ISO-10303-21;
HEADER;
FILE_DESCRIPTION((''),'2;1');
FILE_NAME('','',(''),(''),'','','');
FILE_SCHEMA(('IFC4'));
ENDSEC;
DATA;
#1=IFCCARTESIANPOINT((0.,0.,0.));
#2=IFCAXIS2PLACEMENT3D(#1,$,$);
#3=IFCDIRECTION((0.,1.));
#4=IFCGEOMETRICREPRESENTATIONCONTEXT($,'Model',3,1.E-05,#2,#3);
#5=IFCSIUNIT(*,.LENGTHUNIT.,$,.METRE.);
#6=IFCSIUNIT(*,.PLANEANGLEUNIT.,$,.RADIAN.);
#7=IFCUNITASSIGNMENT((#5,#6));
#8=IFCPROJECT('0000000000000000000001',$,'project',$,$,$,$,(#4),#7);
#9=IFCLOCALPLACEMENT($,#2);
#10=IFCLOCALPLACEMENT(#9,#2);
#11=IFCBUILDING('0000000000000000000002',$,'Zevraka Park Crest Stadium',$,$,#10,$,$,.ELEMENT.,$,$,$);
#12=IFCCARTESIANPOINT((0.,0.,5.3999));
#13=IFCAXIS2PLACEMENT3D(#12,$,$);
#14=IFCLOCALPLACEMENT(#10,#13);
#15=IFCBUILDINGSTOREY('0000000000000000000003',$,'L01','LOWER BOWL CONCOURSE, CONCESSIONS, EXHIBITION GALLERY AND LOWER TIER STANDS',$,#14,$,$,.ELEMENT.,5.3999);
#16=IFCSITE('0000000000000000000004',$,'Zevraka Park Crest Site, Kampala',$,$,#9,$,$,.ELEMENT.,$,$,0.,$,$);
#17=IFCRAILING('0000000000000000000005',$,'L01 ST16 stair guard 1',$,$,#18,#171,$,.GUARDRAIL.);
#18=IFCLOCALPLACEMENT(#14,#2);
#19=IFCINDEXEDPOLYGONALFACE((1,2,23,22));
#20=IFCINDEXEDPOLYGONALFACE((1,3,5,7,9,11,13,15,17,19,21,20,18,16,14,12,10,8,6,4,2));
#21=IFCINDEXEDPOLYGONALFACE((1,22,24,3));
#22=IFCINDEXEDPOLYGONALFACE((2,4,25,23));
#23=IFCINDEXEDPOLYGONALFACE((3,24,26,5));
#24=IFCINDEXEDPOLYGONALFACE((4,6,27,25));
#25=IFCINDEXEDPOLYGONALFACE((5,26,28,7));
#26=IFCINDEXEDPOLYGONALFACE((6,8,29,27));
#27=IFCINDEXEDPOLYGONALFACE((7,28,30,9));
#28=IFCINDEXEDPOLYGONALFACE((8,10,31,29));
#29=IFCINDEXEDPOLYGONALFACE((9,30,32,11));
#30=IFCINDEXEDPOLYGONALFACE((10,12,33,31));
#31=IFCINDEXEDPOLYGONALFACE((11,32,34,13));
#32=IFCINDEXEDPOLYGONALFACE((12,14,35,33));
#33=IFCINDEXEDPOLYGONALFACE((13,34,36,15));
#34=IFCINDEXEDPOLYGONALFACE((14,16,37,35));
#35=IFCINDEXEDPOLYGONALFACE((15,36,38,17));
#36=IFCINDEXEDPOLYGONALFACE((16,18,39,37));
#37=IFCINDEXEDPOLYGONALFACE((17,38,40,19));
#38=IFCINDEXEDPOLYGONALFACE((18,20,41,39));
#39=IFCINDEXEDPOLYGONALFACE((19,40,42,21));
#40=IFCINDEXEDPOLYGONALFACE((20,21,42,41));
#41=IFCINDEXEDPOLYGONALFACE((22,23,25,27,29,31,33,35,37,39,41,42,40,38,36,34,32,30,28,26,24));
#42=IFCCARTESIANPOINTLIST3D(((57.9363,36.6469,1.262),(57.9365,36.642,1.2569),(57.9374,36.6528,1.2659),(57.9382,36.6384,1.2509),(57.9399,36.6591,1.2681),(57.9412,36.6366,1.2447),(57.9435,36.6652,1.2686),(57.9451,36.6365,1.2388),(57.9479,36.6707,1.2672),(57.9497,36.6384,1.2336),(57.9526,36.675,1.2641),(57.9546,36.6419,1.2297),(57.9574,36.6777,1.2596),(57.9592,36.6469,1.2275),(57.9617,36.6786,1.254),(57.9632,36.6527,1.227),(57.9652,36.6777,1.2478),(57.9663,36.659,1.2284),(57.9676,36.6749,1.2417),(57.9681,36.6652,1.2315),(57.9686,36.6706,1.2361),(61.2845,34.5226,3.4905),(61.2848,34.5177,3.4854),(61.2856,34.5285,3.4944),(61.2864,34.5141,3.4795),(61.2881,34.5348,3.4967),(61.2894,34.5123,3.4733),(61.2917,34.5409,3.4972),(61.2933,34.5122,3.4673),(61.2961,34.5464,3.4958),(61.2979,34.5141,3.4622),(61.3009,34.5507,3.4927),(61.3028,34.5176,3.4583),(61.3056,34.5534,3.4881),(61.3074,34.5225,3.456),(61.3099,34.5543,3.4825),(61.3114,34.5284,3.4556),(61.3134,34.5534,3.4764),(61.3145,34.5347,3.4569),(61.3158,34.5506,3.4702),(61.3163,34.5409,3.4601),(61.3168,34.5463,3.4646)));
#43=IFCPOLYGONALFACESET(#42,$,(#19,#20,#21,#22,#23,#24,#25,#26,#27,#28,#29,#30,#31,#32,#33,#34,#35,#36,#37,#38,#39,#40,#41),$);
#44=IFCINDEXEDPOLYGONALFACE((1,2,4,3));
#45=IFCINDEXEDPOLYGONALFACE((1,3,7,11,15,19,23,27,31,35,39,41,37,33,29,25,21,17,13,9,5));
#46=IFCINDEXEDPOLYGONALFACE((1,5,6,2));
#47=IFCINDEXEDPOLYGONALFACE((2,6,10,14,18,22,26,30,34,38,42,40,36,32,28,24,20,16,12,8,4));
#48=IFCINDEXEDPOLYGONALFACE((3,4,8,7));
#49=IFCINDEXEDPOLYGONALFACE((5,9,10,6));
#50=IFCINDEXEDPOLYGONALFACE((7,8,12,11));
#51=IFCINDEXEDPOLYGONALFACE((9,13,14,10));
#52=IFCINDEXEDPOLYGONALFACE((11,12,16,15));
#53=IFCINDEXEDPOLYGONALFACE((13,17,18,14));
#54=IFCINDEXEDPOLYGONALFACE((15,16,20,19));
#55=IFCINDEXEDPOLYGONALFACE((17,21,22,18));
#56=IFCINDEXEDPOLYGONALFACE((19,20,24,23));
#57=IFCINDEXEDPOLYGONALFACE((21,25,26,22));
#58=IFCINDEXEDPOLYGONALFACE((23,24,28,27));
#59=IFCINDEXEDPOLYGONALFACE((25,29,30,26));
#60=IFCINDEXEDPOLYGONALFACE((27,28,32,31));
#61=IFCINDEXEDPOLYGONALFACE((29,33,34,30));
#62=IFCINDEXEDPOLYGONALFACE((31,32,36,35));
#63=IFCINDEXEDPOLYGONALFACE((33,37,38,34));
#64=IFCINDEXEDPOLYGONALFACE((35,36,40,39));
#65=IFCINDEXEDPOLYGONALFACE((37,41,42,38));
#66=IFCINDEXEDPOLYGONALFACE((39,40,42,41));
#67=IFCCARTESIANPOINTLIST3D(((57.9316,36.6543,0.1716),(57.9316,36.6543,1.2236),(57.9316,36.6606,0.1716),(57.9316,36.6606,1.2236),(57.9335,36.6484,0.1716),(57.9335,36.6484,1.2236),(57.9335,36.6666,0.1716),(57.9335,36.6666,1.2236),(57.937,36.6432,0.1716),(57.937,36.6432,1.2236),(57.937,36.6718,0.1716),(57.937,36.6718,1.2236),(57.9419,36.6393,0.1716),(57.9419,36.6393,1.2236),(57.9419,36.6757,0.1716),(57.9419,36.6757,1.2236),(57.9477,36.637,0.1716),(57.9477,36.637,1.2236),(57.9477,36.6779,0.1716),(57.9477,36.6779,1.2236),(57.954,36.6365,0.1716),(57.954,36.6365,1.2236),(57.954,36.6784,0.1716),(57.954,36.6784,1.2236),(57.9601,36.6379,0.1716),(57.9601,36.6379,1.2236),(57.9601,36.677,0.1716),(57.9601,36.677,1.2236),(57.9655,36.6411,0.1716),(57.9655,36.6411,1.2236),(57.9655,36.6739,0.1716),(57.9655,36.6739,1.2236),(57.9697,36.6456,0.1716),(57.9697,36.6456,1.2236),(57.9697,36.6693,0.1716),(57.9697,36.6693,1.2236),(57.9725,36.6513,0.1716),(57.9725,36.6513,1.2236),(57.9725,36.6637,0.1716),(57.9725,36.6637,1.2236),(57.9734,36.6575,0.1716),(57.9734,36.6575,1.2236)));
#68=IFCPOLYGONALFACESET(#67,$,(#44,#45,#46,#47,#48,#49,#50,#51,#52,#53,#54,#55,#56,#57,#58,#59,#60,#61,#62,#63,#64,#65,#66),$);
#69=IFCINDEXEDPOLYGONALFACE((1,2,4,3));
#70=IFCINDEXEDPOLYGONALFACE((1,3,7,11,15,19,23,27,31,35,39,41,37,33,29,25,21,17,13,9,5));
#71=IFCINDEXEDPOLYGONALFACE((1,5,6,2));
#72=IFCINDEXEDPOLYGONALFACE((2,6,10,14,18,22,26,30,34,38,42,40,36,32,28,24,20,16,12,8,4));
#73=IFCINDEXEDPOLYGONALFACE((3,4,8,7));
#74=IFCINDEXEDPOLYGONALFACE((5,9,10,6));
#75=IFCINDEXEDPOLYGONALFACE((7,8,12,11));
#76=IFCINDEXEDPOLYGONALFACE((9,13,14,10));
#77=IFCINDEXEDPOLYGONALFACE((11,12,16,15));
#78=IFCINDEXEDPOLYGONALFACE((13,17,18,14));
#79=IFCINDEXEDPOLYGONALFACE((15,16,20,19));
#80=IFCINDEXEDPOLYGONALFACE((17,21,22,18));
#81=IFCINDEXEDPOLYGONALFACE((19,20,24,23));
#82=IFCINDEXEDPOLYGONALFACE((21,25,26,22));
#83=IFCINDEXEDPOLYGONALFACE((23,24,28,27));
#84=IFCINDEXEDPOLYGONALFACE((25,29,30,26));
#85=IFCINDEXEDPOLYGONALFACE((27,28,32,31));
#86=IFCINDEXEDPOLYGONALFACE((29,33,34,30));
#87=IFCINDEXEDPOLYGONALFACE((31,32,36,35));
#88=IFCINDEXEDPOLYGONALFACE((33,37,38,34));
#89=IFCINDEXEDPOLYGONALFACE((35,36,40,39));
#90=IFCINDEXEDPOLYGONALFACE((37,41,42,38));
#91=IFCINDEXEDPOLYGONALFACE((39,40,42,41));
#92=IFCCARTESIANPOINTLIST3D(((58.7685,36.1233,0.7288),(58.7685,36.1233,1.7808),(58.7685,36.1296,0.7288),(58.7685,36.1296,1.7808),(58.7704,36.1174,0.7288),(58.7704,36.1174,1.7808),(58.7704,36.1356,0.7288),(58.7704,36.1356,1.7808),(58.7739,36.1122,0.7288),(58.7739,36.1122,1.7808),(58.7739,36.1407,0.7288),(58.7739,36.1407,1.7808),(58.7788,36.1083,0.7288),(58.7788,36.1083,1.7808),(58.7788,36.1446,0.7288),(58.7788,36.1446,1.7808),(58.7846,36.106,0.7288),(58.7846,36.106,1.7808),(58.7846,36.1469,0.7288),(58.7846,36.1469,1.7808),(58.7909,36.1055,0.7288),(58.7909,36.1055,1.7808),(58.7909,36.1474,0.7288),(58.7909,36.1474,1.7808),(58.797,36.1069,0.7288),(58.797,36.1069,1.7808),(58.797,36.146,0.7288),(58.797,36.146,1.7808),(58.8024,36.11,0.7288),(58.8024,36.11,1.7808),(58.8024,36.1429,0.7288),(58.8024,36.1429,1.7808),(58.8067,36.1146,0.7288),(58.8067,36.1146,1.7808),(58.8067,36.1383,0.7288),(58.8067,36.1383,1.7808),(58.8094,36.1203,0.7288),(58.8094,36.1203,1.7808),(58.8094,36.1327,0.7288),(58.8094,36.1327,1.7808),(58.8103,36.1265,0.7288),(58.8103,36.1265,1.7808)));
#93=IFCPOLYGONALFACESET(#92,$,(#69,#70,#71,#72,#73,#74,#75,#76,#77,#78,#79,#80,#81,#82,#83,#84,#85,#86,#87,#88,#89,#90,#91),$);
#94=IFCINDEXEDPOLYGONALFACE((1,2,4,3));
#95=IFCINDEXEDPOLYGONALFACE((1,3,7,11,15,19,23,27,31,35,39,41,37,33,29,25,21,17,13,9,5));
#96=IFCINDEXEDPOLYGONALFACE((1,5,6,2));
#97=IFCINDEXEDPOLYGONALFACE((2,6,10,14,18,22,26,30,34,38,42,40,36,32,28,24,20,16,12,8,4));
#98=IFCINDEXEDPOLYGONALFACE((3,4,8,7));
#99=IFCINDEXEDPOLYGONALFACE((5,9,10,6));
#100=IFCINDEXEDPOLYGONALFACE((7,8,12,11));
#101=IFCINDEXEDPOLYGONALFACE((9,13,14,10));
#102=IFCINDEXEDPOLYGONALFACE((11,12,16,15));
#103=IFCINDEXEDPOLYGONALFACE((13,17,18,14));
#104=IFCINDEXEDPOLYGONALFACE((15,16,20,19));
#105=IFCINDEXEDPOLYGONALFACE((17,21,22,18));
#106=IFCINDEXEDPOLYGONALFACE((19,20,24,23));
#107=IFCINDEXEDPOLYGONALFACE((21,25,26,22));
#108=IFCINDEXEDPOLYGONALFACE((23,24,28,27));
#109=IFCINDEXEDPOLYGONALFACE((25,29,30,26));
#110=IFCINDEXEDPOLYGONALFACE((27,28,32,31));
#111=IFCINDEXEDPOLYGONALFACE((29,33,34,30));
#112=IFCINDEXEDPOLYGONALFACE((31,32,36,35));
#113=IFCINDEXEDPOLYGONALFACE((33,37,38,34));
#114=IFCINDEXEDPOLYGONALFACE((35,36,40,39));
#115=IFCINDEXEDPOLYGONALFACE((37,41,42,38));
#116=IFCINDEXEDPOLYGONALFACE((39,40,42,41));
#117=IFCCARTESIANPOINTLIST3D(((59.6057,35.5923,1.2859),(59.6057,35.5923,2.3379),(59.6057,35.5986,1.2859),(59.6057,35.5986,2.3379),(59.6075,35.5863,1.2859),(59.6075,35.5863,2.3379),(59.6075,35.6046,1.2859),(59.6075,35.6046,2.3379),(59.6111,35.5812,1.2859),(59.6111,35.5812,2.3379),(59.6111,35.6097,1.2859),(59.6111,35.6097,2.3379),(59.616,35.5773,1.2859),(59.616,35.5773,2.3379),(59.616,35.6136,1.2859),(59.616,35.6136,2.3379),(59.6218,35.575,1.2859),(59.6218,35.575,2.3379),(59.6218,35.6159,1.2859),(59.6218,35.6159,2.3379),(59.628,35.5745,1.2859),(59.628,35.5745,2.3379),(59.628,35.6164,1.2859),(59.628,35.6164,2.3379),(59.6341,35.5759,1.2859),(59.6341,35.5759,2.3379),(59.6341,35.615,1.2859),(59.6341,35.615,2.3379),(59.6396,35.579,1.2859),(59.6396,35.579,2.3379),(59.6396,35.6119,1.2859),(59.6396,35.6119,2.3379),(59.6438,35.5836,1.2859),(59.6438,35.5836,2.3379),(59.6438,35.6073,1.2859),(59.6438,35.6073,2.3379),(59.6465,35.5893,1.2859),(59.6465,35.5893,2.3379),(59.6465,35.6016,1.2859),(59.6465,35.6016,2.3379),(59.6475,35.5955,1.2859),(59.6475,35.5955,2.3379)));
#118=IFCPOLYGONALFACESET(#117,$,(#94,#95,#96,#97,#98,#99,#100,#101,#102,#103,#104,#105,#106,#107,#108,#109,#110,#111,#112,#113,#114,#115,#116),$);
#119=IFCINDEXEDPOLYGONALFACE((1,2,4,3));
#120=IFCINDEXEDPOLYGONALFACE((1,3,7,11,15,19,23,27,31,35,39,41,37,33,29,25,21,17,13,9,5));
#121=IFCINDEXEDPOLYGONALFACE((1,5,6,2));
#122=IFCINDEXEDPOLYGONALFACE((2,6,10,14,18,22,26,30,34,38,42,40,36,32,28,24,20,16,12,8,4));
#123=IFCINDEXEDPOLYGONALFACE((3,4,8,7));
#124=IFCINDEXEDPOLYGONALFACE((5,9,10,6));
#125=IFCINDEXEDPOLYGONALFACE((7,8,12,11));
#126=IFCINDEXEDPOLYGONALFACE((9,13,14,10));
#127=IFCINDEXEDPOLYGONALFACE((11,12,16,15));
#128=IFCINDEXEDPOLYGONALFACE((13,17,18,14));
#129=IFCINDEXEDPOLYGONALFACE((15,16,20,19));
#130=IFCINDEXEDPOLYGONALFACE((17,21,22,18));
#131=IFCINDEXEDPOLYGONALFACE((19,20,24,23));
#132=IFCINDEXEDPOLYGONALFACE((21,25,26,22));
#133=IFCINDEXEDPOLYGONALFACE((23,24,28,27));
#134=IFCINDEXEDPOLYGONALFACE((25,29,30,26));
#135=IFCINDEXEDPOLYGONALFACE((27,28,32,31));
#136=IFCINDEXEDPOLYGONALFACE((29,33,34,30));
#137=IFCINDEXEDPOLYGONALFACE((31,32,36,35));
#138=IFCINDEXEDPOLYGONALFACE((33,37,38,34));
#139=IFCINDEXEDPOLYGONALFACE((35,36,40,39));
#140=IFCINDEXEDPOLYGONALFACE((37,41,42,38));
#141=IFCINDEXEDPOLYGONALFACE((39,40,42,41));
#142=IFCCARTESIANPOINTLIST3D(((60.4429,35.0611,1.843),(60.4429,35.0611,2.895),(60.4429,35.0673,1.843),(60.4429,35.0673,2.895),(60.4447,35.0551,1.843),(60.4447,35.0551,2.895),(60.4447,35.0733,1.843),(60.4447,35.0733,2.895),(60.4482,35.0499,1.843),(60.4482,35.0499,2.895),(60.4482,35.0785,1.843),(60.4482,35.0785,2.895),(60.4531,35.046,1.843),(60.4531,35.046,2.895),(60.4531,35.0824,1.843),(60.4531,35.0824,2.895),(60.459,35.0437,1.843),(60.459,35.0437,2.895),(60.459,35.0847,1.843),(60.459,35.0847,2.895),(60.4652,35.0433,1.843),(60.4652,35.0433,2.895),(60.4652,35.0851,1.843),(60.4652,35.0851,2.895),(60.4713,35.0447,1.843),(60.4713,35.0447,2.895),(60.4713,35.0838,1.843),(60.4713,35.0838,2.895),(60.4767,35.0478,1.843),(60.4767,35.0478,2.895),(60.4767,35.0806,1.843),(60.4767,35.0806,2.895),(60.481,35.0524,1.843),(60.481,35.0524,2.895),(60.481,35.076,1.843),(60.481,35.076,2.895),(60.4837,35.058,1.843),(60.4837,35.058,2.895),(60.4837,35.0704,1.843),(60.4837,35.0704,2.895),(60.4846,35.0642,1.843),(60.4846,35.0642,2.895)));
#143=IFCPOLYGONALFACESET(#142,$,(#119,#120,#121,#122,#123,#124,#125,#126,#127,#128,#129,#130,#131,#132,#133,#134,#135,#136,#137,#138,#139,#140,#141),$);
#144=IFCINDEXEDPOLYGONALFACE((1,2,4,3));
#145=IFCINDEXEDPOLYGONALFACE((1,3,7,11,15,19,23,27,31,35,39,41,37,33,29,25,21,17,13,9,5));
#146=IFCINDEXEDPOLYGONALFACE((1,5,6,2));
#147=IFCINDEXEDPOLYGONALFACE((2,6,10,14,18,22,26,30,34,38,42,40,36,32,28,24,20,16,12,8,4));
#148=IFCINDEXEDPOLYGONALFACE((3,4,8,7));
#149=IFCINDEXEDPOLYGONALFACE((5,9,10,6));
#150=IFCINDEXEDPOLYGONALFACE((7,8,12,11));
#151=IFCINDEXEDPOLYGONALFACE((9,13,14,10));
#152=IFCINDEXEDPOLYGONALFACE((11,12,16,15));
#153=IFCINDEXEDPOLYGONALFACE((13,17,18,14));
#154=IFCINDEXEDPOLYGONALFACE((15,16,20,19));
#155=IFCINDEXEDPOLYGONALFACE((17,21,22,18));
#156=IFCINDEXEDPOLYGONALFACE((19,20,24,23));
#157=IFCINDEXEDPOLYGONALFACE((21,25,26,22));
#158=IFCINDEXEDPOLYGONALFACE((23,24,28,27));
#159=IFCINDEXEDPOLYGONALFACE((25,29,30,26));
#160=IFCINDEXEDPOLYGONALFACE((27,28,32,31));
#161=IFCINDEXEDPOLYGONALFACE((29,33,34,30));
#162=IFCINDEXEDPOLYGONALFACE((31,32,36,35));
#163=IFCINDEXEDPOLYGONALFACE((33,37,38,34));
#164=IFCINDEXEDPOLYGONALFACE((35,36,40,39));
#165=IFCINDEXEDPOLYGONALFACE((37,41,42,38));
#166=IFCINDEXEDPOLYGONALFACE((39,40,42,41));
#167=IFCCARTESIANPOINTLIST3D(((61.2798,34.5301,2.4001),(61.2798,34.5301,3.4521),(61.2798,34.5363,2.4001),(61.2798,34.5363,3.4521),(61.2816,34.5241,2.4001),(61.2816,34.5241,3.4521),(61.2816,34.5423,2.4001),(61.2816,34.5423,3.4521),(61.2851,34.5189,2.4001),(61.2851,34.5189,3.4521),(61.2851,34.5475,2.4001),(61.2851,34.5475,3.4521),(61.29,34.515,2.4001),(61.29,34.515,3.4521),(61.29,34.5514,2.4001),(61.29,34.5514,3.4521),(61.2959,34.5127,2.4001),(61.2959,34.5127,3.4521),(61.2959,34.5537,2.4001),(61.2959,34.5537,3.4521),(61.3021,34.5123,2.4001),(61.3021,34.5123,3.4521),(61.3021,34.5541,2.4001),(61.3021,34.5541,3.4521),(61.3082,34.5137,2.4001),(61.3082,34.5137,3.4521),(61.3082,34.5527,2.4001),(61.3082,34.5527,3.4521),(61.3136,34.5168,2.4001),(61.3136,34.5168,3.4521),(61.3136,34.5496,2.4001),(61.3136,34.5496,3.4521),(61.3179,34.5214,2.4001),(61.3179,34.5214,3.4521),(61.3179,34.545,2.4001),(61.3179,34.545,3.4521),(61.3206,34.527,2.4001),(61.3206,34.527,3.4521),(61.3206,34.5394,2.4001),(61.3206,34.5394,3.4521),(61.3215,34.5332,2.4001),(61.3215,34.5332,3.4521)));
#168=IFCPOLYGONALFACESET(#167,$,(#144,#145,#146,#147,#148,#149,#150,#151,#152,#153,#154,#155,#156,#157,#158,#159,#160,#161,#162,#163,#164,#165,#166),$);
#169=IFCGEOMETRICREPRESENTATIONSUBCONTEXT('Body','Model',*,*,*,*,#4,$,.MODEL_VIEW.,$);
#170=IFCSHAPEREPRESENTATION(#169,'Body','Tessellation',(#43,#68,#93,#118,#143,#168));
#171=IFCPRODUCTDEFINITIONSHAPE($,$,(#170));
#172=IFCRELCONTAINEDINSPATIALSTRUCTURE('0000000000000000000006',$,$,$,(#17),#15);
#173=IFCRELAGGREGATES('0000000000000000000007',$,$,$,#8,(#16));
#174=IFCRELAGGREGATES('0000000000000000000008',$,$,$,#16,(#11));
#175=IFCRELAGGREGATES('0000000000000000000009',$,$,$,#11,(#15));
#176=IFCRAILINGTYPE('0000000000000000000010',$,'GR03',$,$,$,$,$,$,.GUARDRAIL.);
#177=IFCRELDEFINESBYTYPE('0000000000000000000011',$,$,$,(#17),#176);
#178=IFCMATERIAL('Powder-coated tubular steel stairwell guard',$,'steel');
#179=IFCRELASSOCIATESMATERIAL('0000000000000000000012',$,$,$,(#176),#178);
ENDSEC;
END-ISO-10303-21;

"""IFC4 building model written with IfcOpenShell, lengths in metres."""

from ifc_helpers import new_model, si_unit, direction, frame, origin, origin_2d, place, context, subcontext, project, spatial, circle, extrude, material, type_object, element, save


model = new_model("IFC4")

# Units and contexts
model_context = context("Model", 3, precision=1e-05, world=origin(), true_north=direction((0.0, 1.0)))
body_context = subcontext(model_context, "Body", "Model", "MODEL_VIEW")
ifc_project = project(units=[si_unit("LENGTHUNIT", "METRE"), si_unit("PLANEANGLEUNIT", "RADIAN")], contexts=[model_context])

# Site, building, storey
site_placement = place(None, origin())
site = spatial("IfcSite", under=ifc_project, at=site_placement, Name="Zevraka Park Crest Site, Kampala", CompositionType="ELEMENT", RefElevation=0.0)
building_placement = place(site_placement, origin())
building = spatial("IfcBuilding", under=site, at=building_placement, Name="Zevraka Park Crest Stadium", CompositionType="ELEMENT")
storey_placement = place(building_placement, frame((0.0, 0.0, 5.3999)))
storey = spatial("IfcBuildingStorey", under=building, at=storey_placement, Name="L01", Description="LOWER BOWL CONCOURSE, CONCESSIONS, EXHIBITION GALLERY AND LOWER TIER STANDS", CompositionType="ELEMENT", Elevation=5.3999)

# Railing
ifc_material_1 = material(Name="Powder-coated tubular steel stairwell guard", Category="steel")
railing_type_1 = type_object("IfcRailingType", Name="GR03", PredefinedType="GUARDRAIL", material=ifc_material_1)
railing_1_placement = place(storey_placement, frame((57.9524, 36.6575, 0.1716)))
element("IfcRailing", 1, at=railing_1_placement, inside=storey, type_object=railing_type_1, Name="L01 ST16 stair guard 1", PredefinedType="GUARDRAIL", context=body_context, shape_type="SweptSolid", body=[
    extrude(circle(Radius=0.0239, at=origin_2d()), frame((0.0, 0.0, 1.0762), z_axis=(0.736098, -0.467026, 0.489945), x_axis=(0.535732, 0.844388, 0.0)), (0.0, 0.0, 1.0), 4.5486),
    extrude(circle(Radius=0.021, at=origin_2d()), origin(), (0.0, 0.0, 1.0), 1.052),
    extrude(circle(Radius=0.021, at=origin_2d()), frame((0.8369, -0.531, 0.5571)), (0.0, 0.0, 1.0), 1.052),
    extrude(circle(Radius=0.021, at=origin_2d()), frame((1.6741, -1.062, 1.1143)), (0.0, 0.0, 1.0), 1.052),
    extrude(circle(Radius=0.021, at=origin_2d()), frame((2.5112, -1.5933, 1.6714)), (0.0, 0.0, 1.0), 1.052),
    extrude(circle(Radius=0.021, at=origin_2d()), frame((3.3481, -2.1243, 2.2285)), (0.0, 0.0, 1.0), 1.052),
])

save(model, "model.ifc")
